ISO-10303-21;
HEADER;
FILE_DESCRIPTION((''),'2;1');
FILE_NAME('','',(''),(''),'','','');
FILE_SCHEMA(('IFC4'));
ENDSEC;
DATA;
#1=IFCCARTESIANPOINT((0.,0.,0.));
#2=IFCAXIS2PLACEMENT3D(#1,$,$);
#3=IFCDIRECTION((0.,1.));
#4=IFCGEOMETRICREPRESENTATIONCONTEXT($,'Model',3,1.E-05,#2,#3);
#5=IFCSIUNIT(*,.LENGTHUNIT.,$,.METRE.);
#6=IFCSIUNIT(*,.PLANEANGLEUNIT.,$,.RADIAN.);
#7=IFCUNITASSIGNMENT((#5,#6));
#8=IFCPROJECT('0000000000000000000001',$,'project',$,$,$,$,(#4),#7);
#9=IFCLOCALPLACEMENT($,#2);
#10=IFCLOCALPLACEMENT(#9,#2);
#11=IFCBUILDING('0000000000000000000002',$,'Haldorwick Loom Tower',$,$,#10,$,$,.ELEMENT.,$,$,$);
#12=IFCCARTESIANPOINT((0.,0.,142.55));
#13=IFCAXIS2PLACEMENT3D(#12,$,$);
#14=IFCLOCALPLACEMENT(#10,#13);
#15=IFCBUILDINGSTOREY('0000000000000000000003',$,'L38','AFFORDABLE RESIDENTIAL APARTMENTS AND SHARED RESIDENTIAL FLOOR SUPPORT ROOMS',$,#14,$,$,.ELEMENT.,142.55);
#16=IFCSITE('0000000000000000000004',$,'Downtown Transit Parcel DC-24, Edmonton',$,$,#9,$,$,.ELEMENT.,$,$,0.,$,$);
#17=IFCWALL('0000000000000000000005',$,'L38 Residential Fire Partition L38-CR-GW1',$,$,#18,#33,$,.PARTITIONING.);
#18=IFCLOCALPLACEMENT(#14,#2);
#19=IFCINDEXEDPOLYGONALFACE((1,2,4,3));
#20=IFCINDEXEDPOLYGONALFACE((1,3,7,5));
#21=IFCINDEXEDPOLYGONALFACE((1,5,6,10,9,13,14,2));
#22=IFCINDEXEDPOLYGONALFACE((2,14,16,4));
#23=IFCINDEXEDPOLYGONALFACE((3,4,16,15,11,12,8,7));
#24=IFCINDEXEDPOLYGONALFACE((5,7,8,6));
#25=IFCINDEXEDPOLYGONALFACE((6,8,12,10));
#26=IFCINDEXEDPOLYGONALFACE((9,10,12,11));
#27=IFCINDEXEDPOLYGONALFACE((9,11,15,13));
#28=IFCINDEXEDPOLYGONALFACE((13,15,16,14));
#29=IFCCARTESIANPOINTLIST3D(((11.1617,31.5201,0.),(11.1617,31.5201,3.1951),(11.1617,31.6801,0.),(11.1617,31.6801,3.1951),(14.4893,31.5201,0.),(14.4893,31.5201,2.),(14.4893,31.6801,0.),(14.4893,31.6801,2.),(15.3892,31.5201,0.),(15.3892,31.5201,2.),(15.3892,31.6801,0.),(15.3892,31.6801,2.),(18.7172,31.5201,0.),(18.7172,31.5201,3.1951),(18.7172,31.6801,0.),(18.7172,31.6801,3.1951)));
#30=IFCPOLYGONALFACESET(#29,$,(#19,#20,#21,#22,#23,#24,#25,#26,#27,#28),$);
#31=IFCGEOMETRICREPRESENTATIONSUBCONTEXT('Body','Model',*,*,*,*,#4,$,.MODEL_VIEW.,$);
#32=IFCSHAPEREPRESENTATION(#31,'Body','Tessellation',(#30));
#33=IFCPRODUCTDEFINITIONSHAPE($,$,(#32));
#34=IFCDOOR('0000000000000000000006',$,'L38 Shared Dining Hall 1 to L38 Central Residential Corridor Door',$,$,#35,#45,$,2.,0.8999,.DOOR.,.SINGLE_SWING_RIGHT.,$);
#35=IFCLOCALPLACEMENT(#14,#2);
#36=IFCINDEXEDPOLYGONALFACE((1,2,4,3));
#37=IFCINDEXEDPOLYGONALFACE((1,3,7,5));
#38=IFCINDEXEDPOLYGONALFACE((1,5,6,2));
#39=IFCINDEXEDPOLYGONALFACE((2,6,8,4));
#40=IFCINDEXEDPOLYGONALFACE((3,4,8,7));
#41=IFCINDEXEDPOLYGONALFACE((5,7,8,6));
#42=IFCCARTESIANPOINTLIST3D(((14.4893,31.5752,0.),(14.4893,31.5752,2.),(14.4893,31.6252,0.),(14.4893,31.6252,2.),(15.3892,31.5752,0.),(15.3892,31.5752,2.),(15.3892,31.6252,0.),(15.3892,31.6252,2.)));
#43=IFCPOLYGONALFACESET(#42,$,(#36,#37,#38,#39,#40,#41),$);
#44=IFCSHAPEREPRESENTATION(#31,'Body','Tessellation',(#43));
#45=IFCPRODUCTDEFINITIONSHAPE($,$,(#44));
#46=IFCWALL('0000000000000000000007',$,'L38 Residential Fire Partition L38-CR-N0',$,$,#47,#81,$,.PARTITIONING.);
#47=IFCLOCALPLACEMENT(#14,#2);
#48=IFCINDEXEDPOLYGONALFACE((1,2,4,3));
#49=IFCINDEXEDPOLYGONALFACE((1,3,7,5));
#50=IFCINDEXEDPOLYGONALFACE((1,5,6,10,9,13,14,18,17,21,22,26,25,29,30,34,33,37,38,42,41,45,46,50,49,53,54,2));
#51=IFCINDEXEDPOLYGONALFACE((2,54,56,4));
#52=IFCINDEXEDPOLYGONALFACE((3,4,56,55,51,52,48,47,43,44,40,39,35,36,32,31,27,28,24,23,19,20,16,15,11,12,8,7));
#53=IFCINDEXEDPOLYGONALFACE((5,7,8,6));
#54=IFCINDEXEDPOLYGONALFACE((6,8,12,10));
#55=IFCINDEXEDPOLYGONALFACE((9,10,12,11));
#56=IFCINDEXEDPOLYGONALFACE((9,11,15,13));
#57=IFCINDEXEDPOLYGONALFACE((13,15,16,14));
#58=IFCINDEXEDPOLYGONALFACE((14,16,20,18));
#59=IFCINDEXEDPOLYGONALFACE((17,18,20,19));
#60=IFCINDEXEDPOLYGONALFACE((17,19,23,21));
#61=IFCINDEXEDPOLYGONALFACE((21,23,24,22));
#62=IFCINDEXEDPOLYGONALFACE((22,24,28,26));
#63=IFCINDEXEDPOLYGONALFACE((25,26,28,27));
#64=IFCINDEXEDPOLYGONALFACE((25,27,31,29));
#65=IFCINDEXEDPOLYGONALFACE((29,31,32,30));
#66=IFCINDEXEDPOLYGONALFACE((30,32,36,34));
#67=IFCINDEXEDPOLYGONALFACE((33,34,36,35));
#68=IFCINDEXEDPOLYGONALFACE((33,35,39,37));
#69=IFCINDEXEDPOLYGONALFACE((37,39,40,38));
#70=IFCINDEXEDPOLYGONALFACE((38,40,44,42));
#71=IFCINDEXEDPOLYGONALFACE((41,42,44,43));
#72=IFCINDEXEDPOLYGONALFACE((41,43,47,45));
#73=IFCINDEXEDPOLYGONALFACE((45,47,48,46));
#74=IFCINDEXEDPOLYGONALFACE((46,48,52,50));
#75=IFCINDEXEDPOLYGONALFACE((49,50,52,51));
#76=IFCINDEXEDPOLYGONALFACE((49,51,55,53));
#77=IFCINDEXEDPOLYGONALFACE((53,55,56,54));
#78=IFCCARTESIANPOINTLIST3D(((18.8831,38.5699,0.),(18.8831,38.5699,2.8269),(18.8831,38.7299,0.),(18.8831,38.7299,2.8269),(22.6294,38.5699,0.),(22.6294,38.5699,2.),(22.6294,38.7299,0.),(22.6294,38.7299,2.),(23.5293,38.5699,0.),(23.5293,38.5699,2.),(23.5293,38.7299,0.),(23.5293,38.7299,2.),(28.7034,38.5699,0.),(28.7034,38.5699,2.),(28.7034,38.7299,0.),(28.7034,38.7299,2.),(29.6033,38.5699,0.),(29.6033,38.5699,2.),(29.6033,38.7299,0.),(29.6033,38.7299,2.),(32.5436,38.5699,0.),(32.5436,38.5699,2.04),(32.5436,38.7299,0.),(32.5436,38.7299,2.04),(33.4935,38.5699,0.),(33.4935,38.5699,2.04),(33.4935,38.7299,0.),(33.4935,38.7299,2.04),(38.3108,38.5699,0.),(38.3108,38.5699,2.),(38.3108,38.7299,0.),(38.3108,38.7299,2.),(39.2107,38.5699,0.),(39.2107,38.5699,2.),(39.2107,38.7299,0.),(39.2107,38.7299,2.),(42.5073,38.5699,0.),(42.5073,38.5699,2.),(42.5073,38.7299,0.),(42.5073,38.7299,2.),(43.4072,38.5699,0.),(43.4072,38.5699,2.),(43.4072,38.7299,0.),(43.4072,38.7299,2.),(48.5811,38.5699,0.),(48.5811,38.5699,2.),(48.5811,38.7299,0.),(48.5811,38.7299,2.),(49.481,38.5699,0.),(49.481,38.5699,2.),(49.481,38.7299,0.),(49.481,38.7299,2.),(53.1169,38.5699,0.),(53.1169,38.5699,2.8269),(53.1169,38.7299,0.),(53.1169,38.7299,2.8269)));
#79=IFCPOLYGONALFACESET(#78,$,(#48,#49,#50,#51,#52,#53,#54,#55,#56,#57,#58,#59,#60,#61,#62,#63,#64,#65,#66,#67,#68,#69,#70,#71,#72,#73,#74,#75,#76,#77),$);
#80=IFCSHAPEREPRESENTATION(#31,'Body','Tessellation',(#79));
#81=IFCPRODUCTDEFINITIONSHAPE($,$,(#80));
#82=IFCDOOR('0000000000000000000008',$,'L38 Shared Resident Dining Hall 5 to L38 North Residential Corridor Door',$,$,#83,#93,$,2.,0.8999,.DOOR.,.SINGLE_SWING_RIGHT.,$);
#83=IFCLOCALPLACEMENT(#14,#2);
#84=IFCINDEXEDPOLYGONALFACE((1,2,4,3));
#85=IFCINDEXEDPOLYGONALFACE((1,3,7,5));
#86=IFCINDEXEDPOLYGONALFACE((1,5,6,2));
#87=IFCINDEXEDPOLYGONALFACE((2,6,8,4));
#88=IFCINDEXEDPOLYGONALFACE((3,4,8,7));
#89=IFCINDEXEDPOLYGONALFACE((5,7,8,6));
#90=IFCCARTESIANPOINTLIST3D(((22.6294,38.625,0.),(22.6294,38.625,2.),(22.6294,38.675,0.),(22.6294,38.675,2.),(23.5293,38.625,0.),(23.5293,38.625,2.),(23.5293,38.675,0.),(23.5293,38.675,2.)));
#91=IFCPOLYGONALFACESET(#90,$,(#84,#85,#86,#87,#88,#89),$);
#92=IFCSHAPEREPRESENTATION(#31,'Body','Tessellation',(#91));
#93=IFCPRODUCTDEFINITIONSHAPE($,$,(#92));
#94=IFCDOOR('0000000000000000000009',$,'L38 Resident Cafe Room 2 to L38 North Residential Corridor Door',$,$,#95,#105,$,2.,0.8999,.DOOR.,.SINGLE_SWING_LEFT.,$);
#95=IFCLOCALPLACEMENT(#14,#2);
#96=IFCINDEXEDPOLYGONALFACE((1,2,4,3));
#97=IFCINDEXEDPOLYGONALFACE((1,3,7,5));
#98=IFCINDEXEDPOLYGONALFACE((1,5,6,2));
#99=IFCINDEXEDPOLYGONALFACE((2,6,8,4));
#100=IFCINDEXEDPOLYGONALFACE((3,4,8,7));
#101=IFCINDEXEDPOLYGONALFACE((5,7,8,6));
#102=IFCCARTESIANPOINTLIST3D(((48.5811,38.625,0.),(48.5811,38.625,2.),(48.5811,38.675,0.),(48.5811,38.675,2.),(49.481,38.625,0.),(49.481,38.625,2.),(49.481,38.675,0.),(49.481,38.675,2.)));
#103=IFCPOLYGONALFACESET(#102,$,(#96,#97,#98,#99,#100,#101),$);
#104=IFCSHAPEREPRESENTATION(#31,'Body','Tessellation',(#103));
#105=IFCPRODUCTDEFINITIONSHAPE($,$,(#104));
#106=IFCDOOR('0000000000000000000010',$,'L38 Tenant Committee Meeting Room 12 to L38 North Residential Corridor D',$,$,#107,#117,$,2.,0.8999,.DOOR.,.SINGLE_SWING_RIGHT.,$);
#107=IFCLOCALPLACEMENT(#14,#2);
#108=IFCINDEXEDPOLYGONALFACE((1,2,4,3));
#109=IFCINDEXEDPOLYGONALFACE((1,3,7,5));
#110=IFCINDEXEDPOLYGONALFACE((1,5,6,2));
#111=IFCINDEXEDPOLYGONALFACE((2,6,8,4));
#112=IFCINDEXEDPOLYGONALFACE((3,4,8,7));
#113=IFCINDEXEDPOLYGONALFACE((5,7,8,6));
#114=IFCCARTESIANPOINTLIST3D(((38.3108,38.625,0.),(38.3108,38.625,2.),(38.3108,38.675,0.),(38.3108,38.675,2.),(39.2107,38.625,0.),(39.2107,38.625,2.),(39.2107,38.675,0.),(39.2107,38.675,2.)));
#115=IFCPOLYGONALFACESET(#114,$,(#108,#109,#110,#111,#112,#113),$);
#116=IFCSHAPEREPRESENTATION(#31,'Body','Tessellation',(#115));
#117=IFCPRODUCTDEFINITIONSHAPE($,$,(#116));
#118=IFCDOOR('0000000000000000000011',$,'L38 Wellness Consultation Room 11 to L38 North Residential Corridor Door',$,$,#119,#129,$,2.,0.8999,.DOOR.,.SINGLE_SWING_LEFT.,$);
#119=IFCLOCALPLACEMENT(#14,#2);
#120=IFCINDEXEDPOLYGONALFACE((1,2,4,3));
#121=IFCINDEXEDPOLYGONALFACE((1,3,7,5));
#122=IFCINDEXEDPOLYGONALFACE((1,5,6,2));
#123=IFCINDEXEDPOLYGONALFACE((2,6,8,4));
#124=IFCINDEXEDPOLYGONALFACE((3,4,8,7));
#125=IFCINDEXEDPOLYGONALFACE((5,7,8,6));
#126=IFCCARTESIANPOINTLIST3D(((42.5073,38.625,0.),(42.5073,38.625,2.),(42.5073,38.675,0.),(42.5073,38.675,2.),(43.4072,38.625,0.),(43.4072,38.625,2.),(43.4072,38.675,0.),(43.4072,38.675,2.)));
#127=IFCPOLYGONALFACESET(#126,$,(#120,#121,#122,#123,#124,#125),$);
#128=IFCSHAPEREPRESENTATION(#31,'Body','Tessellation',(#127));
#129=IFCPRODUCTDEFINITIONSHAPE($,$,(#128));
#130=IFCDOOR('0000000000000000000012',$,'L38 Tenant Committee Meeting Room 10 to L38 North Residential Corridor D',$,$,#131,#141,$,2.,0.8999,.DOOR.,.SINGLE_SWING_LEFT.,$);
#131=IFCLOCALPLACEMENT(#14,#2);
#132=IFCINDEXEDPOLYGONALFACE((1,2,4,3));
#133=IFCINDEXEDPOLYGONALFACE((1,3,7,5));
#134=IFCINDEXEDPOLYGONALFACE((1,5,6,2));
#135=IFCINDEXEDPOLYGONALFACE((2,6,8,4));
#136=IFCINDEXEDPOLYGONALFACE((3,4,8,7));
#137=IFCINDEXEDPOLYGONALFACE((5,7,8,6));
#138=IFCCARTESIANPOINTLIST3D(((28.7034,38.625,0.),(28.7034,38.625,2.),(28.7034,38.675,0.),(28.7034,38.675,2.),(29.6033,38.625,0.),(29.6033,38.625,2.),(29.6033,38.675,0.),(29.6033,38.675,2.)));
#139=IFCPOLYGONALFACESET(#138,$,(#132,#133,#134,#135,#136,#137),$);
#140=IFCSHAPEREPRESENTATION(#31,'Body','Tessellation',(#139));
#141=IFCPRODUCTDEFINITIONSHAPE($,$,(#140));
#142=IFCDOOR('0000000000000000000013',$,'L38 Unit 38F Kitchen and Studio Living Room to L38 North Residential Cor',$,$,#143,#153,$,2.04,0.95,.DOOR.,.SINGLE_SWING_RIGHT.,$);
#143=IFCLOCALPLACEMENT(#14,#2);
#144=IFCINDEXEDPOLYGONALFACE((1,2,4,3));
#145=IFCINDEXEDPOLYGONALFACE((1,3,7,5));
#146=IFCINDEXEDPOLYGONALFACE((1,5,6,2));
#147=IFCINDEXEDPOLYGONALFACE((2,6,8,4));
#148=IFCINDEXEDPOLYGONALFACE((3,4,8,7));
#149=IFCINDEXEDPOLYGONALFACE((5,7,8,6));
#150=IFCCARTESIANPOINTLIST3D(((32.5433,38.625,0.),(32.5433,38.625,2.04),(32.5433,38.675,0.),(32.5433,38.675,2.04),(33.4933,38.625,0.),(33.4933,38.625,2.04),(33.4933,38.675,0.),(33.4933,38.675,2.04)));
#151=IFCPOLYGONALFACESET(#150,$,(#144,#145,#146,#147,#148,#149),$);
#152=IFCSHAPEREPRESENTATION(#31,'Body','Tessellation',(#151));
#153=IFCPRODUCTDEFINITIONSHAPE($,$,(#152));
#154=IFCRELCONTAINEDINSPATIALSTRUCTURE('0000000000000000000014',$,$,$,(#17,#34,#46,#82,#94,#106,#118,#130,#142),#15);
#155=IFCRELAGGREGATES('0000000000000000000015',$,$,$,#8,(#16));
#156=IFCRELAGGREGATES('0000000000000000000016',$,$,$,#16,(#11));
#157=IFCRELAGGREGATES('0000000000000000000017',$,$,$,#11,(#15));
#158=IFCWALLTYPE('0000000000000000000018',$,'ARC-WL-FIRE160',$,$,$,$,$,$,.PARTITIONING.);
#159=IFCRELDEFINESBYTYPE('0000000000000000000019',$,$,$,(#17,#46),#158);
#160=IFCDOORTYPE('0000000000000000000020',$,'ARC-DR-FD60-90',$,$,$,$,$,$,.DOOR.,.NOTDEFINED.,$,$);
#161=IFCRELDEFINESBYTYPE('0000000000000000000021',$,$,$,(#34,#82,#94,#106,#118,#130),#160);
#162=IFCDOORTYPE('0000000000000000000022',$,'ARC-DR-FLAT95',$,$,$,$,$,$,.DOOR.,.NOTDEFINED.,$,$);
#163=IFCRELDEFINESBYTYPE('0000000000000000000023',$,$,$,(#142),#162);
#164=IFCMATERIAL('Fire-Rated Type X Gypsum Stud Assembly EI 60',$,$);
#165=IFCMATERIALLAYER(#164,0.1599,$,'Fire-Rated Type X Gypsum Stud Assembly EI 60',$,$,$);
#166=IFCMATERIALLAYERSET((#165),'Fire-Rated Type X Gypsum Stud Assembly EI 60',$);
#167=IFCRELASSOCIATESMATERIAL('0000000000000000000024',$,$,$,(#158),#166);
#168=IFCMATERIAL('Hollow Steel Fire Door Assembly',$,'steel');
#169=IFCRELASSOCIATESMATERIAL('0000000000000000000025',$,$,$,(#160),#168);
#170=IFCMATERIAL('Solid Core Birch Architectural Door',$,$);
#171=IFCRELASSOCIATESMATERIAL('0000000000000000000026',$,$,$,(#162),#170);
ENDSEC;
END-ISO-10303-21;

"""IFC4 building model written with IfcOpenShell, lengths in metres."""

from ifc_helpers import new_model, si_unit, direction, frame, frame_2d, origin, place, context, subcontext, project, spatial, rectangle, extrude, material, layer, layer_set, type_object, element, fill, save


model = new_model("IFC4")

# Units and contexts
model_context = context("Model", 3, precision=1e-05, world=origin(), true_north=direction((0.0, 1.0)))
body_context = subcontext(model_context, "Body", "Model", "MODEL_VIEW")
ifc_project = project(units=[si_unit("LENGTHUNIT", "METRE"), si_unit("PLANEANGLEUNIT", "RADIAN")], contexts=[model_context])

# Site, building, storey
site_placement = place(None, origin())
site = spatial("IfcSite", under=ifc_project, at=site_placement, Name="Downtown Transit Parcel DC-24, Edmonton", CompositionType="ELEMENT", RefElevation=0.0)
building_placement = place(site_placement, origin())
building = spatial("IfcBuilding", under=site, at=building_placement, Name="Haldorwick Loom Tower", CompositionType="ELEMENT")
storey_placement = place(building_placement, frame((0.0, 0.0, 142.55)))
storey = spatial("IfcBuildingStorey", under=building, at=storey_placement, Name="L38", Description="AFFORDABLE RESIDENTIAL APARTMENTS AND SHARED RESIDENTIAL FLOOR SUPPORT ROOMS", CompositionType="ELEMENT", Elevation=142.55)

# Wall, opening, door
ifc_material_1 = material(Name="Fire-Rated Type X Gypsum Stud Assembly EI 60")
ifc_layer_1 = layer(ifc_material_1, 0.1599, Name="Fire-Rated Type X Gypsum Stud Assembly EI 60")
ifc_layer_set_1 = layer_set([ifc_layer_1], Name="Fire-Rated Type X Gypsum Stud Assembly EI 60")
wall_type_1 = type_object("IfcWallType", Name="ARC-WL-FIRE160", PredefinedType="PARTITIONING", material=ifc_layer_set_1)
ifc_material_2 = material(Name="Hollow Steel Fire Door Assembly", Category="steel")
door_type_1 = type_object("IfcDoorType", Name="ARC-DR-FD60-90", OperationType="NOTDEFINED", PredefinedType="DOOR", material=ifc_material_2)
wall_1_placement = place(storey_placement, frame((11.1616, 31.6001, 0.0), z_axis=(0.0, 0.0, 1.0), x_axis=(1.0, 0.0, 0.0)))
wall_1 = element("IfcWall", 1, at=wall_1_placement, inside=storey, type_object=wall_type_1, Name="L38 Residential Fire Partition L38-CR-GW1", PredefinedType="PARTITIONING", context=body_context, shape_type="SweptSolid", body=[
    extrude(rectangle(XDim=7.5554, YDim=0.1599, at=frame_2d((3.7778, 0.0))), origin(), (0.0, 0.0, 1.0), 3.1951),
])
opening_1_placement = place(wall_1_placement, frame((3.3276, 0.0, 0.0)))
opening_1 = element("IfcOpeningElement", 2, at=opening_1_placement, cuts=wall_1, PredefinedType="OPENING", context=body_context, shape_type="SweptSolid", body=[
    extrude(rectangle(XDim=0.8999, YDim=2.0, at=frame_2d((0.45, 1.0))), frame((0.0, 0.0898, 0.0), z_axis=(0.0, -1.0, 0.0), x_axis=(1.0, 0.0, 0.0)), (0.0, 0.0, 1.0), 0.1799),
])
door_1_placement = place(opening_1_placement, frame((0.8999, 0.0, 0.0), z_axis=(0.0, 0.0, 1.0), x_axis=(-1.0, 0.0, 0.0)))
door_1 = element("IfcDoor", 3, at=door_1_placement, inside=storey, type_object=door_type_1, Name="L38 Shared Dining Hall 1 to L38 Central Residential Corridor Door", OperationType="SINGLE_SWING_RIGHT", OverallHeight=2.0, OverallWidth=0.8999, PredefinedType="DOOR", context=body_context, shape_type="SweptSolid", body=[
    extrude(rectangle(XDim=0.8999, YDim=2.0, at=frame_2d((0.45, 1.0))), frame((0.0, 0.0249, 0.0), z_axis=(0.0, -1.0, 0.0), x_axis=(1.0, 0.0, 0.0)), (0.0, 0.0, 1.0), 0.05),
])
fill(opening_1, door_1)

# Wall, openings, doors
wall_2_placement = place(storey_placement, frame((18.8831, 38.6499, 0.0), z_axis=(0.0, 0.0, 1.0), x_axis=(1.0, 0.0, 0.0)))
wall_2 = element("IfcWall", 4, at=wall_2_placement, inside=storey, type_object=wall_type_1, Name="L38 Residential Fire Partition L38-CR-N0", PredefinedType="PARTITIONING", context=body_context, shape_type="SweptSolid", body=[
    extrude(rectangle(XDim=34.2339, YDim=0.1599, at=frame_2d((17.1169, 0.0))), origin(), (0.0, 0.0, 1.0), 2.8269),
])
opening_2_placement = place(wall_2_placement, frame((3.7463, 0.0, 0.0)))
opening_2 = element("IfcOpeningElement", 5, at=opening_2_placement, cuts=wall_2, PredefinedType="OPENING", context=body_context, shape_type="SweptSolid", body=[
    extrude(rectangle(XDim=0.8999, YDim=2.0, at=frame_2d((0.45, 1.0))), frame((0.0, 0.0898, 0.0), z_axis=(0.0, -1.0, 0.0), x_axis=(1.0, 0.0, 0.0)), (0.0, 0.0, 1.0), 0.1799),
])
opening_3_placement = place(wall_2_placement, frame((29.698, 0.0, 0.0)))
opening_3 = element("IfcOpeningElement", 6, at=opening_3_placement, cuts=wall_2, PredefinedType="OPENING", context=body_context, shape_type="SweptSolid", body=[
    extrude(rectangle(XDim=0.8999, YDim=2.0, at=frame_2d((0.45, 1.0))), frame((0.0, 0.0898, 0.0), z_axis=(0.0, -1.0, 0.0), x_axis=(1.0, 0.0, 0.0)), (0.0, 0.0, 1.0), 0.1799),
])
opening_4_placement = place(wall_2_placement, frame((19.4277, 0.0, 0.0)))
opening_4 = element("IfcOpeningElement", 7, at=opening_4_placement, cuts=wall_2, PredefinedType="OPENING", context=body_context, shape_type="SweptSolid", body=[
    extrude(rectangle(XDim=0.8999, YDim=2.0, at=frame_2d((0.45, 1.0))), frame((0.0, 0.0898, 0.0), z_axis=(0.0, -1.0, 0.0), x_axis=(1.0, 0.0, 0.0)), (0.0, 0.0, 1.0), 0.1799),
])
opening_5_placement = place(wall_2_placement, frame((13.6604, 0.0, 0.0)))
opening_5 = element("IfcOpeningElement", 8, at=opening_5_placement, cuts=wall_2, PredefinedType="OPENING", context=body_context, shape_type="SweptSolid", body=[
    extrude(rectangle(XDim=0.95, YDim=2.04, at=frame_2d((0.4751, 1.02))), frame((0.0, 0.0898, 0.0), z_axis=(0.0, -1.0, 0.0), x_axis=(1.0, 0.0, 0.0)), (0.0, 0.0, 1.0), 0.1799),
])
opening_6_placement = place(wall_2_placement, frame((23.6243, 0.0, 0.0)))
opening_6 = element("IfcOpeningElement", 9, at=opening_6_placement, cuts=wall_2, PredefinedType="OPENING", context=body_context, shape_type="SweptSolid", body=[
    extrude(rectangle(XDim=0.8999, YDim=2.0, at=frame_2d((0.45, 1.0))), frame((0.0, 0.0898, 0.0), z_axis=(0.0, -1.0, 0.0), x_axis=(1.0, 0.0, 0.0)), (0.0, 0.0, 1.0), 0.1799),
])
opening_7_placement = place(wall_2_placement, frame((9.8203, 0.0, 0.0)))
opening_7 = element("IfcOpeningElement", 10, at=opening_7_placement, cuts=wall_2, PredefinedType="OPENING", context=body_context, shape_type="SweptSolid", body=[
    extrude(rectangle(XDim=0.8999, YDim=2.0, at=frame_2d((0.45, 1.0))), frame((0.0, 0.0898, 0.0), z_axis=(0.0, -1.0, 0.0), x_axis=(1.0, 0.0, 0.0)), (0.0, 0.0, 1.0), 0.1799),
])
door_2_placement = place(opening_2_placement, frame((0.8999, 0.0, 0.0), z_axis=(0.0, 0.0, 1.0), x_axis=(-1.0, 0.0, 0.0)))
door_2 = element("IfcDoor", 11, at=door_2_placement, inside=storey, type_object=door_type_1, Name="L38 Shared Resident Dining Hall 5 to L38 North Residential Corridor Door", OperationType="SINGLE_SWING_RIGHT", OverallHeight=2.0, OverallWidth=0.8999, PredefinedType="DOOR", context=body_context, shape_type="SweptSolid", body=[
    extrude(rectangle(XDim=0.8999, YDim=2.0, at=frame_2d((0.45, 1.0))), frame((0.0, 0.0249, 0.0), z_axis=(0.0, -1.0, 0.0), x_axis=(1.0, 0.0, 0.0)), (0.0, 0.0, 1.0), 0.05),
])
fill(opening_2, door_2)
door_3_placement = place(opening_3_placement, frame((0.8999, 0.0, 0.0), z_axis=(0.0, 0.0, 1.0), x_axis=(-1.0, 0.0, 0.0)))
door_3 = element("IfcDoor", 12, at=door_3_placement, inside=storey, type_object=door_type_1, Name="L38 Resident Cafe Room 2 to L38 North Residential Corridor Door", OperationType="SINGLE_SWING_LEFT", OverallHeight=2.0, OverallWidth=0.8999, PredefinedType="DOOR", context=body_context, shape_type="SweptSolid", body=[
    extrude(rectangle(XDim=0.8999, YDim=2.0, at=frame_2d((0.45, 1.0))), frame((0.0, 0.0249, 0.0), z_axis=(0.0, -1.0, 0.0), x_axis=(1.0, 0.0, 0.0)), (0.0, 0.0, 1.0), 0.05),
])
fill(opening_3, door_3)
door_4_placement = place(opening_4_placement, frame((0.8999, 0.0, 0.0), z_axis=(0.0, 0.0, 1.0), x_axis=(-1.0, 0.0, 0.0)))
door_4 = element("IfcDoor", 13, at=door_4_placement, inside=storey, type_object=door_type_1, Name="L38 Tenant Committee Meeting Room 12 to L38 North Residential Corridor D", OperationType="SINGLE_SWING_RIGHT", OverallHeight=2.0, OverallWidth=0.8999, PredefinedType="DOOR", context=body_context, shape_type="SweptSolid", body=[
    extrude(rectangle(XDim=0.8999, YDim=2.0, at=frame_2d((0.45, 1.0))), frame((0.0, 0.0249, 0.0), z_axis=(0.0, -1.0, 0.0), x_axis=(1.0, 0.0, 0.0)), (0.0, 0.0, 1.0), 0.05),
])
fill(opening_4, door_4)
door_5_placement = place(opening_6_placement, frame((0.8999, 0.0, 0.0), z_axis=(0.0, 0.0, 1.0), x_axis=(-1.0, 0.0, 0.0)))
door_5 = element("IfcDoor", 14, at=door_5_placement, inside=storey, type_object=door_type_1, Name="L38 Wellness Consultation Room 11 to L38 North Residential Corridor Door", OperationType="SINGLE_SWING_LEFT", OverallHeight=2.0, OverallWidth=0.8999, PredefinedType="DOOR", context=body_context, shape_type="SweptSolid", body=[
    extrude(rectangle(XDim=0.8999, YDim=2.0, at=frame_2d((0.45, 1.0))), frame((0.0, 0.0249, 0.0), z_axis=(0.0, -1.0, 0.0), x_axis=(1.0, 0.0, 0.0)), (0.0, 0.0, 1.0), 0.05),
])
fill(opening_6, door_5)
door_6_placement = place(opening_7_placement, frame((0.8999, 0.0, 0.0), z_axis=(0.0, 0.0, 1.0), x_axis=(-1.0, 0.0, 0.0)))
door_6 = element("IfcDoor", 15, at=door_6_placement, inside=storey, type_object=door_type_1, Name="L38 Tenant Committee Meeting Room 10 to L38 North Residential Corridor D", OperationType="SINGLE_SWING_LEFT", OverallHeight=2.0, OverallWidth=0.8999, PredefinedType="DOOR", context=body_context, shape_type="SweptSolid", body=[
    extrude(rectangle(XDim=0.8999, YDim=2.0, at=frame_2d((0.45, 1.0))), frame((0.0, 0.0249, 0.0), z_axis=(0.0, -1.0, 0.0), x_axis=(1.0, 0.0, 0.0)), (0.0, 0.0, 1.0), 0.05),
])
fill(opening_7, door_6)
ifc_material_3 = material(Name="Solid Core Birch Architectural Door")
door_type_2 = type_object("IfcDoorType", Name="ARC-DR-FLAT95", OperationType="NOTDEFINED", PredefinedType="DOOR", material=ifc_material_3)
door_7_placement = place(opening_5_placement, frame((0.95, 0.0, 0.0), z_axis=(0.0, 0.0, 1.0), x_axis=(-1.0, 0.0, 0.0)))
door_7 = element("IfcDoor", 16, at=door_7_placement, inside=storey, type_object=door_type_2, Name="L38 Unit 38F Kitchen and Studio Living Room to L38 North Residential Cor", OperationType="SINGLE_SWING_RIGHT", OverallHeight=2.04, OverallWidth=0.95, PredefinedType="DOOR", context=body_context, shape_type="SweptSolid", body=[
    extrude(rectangle(XDim=0.95, YDim=2.04, at=frame_2d((0.4751, 1.02))), frame((0.0, 0.0249, 0.0), z_axis=(0.0, -1.0, 0.0), x_axis=(1.0, 0.0, 0.0)), (0.0, 0.0, 1.0), 0.05),
])
fill(opening_5, door_7)

save(model, "model.ifc")
